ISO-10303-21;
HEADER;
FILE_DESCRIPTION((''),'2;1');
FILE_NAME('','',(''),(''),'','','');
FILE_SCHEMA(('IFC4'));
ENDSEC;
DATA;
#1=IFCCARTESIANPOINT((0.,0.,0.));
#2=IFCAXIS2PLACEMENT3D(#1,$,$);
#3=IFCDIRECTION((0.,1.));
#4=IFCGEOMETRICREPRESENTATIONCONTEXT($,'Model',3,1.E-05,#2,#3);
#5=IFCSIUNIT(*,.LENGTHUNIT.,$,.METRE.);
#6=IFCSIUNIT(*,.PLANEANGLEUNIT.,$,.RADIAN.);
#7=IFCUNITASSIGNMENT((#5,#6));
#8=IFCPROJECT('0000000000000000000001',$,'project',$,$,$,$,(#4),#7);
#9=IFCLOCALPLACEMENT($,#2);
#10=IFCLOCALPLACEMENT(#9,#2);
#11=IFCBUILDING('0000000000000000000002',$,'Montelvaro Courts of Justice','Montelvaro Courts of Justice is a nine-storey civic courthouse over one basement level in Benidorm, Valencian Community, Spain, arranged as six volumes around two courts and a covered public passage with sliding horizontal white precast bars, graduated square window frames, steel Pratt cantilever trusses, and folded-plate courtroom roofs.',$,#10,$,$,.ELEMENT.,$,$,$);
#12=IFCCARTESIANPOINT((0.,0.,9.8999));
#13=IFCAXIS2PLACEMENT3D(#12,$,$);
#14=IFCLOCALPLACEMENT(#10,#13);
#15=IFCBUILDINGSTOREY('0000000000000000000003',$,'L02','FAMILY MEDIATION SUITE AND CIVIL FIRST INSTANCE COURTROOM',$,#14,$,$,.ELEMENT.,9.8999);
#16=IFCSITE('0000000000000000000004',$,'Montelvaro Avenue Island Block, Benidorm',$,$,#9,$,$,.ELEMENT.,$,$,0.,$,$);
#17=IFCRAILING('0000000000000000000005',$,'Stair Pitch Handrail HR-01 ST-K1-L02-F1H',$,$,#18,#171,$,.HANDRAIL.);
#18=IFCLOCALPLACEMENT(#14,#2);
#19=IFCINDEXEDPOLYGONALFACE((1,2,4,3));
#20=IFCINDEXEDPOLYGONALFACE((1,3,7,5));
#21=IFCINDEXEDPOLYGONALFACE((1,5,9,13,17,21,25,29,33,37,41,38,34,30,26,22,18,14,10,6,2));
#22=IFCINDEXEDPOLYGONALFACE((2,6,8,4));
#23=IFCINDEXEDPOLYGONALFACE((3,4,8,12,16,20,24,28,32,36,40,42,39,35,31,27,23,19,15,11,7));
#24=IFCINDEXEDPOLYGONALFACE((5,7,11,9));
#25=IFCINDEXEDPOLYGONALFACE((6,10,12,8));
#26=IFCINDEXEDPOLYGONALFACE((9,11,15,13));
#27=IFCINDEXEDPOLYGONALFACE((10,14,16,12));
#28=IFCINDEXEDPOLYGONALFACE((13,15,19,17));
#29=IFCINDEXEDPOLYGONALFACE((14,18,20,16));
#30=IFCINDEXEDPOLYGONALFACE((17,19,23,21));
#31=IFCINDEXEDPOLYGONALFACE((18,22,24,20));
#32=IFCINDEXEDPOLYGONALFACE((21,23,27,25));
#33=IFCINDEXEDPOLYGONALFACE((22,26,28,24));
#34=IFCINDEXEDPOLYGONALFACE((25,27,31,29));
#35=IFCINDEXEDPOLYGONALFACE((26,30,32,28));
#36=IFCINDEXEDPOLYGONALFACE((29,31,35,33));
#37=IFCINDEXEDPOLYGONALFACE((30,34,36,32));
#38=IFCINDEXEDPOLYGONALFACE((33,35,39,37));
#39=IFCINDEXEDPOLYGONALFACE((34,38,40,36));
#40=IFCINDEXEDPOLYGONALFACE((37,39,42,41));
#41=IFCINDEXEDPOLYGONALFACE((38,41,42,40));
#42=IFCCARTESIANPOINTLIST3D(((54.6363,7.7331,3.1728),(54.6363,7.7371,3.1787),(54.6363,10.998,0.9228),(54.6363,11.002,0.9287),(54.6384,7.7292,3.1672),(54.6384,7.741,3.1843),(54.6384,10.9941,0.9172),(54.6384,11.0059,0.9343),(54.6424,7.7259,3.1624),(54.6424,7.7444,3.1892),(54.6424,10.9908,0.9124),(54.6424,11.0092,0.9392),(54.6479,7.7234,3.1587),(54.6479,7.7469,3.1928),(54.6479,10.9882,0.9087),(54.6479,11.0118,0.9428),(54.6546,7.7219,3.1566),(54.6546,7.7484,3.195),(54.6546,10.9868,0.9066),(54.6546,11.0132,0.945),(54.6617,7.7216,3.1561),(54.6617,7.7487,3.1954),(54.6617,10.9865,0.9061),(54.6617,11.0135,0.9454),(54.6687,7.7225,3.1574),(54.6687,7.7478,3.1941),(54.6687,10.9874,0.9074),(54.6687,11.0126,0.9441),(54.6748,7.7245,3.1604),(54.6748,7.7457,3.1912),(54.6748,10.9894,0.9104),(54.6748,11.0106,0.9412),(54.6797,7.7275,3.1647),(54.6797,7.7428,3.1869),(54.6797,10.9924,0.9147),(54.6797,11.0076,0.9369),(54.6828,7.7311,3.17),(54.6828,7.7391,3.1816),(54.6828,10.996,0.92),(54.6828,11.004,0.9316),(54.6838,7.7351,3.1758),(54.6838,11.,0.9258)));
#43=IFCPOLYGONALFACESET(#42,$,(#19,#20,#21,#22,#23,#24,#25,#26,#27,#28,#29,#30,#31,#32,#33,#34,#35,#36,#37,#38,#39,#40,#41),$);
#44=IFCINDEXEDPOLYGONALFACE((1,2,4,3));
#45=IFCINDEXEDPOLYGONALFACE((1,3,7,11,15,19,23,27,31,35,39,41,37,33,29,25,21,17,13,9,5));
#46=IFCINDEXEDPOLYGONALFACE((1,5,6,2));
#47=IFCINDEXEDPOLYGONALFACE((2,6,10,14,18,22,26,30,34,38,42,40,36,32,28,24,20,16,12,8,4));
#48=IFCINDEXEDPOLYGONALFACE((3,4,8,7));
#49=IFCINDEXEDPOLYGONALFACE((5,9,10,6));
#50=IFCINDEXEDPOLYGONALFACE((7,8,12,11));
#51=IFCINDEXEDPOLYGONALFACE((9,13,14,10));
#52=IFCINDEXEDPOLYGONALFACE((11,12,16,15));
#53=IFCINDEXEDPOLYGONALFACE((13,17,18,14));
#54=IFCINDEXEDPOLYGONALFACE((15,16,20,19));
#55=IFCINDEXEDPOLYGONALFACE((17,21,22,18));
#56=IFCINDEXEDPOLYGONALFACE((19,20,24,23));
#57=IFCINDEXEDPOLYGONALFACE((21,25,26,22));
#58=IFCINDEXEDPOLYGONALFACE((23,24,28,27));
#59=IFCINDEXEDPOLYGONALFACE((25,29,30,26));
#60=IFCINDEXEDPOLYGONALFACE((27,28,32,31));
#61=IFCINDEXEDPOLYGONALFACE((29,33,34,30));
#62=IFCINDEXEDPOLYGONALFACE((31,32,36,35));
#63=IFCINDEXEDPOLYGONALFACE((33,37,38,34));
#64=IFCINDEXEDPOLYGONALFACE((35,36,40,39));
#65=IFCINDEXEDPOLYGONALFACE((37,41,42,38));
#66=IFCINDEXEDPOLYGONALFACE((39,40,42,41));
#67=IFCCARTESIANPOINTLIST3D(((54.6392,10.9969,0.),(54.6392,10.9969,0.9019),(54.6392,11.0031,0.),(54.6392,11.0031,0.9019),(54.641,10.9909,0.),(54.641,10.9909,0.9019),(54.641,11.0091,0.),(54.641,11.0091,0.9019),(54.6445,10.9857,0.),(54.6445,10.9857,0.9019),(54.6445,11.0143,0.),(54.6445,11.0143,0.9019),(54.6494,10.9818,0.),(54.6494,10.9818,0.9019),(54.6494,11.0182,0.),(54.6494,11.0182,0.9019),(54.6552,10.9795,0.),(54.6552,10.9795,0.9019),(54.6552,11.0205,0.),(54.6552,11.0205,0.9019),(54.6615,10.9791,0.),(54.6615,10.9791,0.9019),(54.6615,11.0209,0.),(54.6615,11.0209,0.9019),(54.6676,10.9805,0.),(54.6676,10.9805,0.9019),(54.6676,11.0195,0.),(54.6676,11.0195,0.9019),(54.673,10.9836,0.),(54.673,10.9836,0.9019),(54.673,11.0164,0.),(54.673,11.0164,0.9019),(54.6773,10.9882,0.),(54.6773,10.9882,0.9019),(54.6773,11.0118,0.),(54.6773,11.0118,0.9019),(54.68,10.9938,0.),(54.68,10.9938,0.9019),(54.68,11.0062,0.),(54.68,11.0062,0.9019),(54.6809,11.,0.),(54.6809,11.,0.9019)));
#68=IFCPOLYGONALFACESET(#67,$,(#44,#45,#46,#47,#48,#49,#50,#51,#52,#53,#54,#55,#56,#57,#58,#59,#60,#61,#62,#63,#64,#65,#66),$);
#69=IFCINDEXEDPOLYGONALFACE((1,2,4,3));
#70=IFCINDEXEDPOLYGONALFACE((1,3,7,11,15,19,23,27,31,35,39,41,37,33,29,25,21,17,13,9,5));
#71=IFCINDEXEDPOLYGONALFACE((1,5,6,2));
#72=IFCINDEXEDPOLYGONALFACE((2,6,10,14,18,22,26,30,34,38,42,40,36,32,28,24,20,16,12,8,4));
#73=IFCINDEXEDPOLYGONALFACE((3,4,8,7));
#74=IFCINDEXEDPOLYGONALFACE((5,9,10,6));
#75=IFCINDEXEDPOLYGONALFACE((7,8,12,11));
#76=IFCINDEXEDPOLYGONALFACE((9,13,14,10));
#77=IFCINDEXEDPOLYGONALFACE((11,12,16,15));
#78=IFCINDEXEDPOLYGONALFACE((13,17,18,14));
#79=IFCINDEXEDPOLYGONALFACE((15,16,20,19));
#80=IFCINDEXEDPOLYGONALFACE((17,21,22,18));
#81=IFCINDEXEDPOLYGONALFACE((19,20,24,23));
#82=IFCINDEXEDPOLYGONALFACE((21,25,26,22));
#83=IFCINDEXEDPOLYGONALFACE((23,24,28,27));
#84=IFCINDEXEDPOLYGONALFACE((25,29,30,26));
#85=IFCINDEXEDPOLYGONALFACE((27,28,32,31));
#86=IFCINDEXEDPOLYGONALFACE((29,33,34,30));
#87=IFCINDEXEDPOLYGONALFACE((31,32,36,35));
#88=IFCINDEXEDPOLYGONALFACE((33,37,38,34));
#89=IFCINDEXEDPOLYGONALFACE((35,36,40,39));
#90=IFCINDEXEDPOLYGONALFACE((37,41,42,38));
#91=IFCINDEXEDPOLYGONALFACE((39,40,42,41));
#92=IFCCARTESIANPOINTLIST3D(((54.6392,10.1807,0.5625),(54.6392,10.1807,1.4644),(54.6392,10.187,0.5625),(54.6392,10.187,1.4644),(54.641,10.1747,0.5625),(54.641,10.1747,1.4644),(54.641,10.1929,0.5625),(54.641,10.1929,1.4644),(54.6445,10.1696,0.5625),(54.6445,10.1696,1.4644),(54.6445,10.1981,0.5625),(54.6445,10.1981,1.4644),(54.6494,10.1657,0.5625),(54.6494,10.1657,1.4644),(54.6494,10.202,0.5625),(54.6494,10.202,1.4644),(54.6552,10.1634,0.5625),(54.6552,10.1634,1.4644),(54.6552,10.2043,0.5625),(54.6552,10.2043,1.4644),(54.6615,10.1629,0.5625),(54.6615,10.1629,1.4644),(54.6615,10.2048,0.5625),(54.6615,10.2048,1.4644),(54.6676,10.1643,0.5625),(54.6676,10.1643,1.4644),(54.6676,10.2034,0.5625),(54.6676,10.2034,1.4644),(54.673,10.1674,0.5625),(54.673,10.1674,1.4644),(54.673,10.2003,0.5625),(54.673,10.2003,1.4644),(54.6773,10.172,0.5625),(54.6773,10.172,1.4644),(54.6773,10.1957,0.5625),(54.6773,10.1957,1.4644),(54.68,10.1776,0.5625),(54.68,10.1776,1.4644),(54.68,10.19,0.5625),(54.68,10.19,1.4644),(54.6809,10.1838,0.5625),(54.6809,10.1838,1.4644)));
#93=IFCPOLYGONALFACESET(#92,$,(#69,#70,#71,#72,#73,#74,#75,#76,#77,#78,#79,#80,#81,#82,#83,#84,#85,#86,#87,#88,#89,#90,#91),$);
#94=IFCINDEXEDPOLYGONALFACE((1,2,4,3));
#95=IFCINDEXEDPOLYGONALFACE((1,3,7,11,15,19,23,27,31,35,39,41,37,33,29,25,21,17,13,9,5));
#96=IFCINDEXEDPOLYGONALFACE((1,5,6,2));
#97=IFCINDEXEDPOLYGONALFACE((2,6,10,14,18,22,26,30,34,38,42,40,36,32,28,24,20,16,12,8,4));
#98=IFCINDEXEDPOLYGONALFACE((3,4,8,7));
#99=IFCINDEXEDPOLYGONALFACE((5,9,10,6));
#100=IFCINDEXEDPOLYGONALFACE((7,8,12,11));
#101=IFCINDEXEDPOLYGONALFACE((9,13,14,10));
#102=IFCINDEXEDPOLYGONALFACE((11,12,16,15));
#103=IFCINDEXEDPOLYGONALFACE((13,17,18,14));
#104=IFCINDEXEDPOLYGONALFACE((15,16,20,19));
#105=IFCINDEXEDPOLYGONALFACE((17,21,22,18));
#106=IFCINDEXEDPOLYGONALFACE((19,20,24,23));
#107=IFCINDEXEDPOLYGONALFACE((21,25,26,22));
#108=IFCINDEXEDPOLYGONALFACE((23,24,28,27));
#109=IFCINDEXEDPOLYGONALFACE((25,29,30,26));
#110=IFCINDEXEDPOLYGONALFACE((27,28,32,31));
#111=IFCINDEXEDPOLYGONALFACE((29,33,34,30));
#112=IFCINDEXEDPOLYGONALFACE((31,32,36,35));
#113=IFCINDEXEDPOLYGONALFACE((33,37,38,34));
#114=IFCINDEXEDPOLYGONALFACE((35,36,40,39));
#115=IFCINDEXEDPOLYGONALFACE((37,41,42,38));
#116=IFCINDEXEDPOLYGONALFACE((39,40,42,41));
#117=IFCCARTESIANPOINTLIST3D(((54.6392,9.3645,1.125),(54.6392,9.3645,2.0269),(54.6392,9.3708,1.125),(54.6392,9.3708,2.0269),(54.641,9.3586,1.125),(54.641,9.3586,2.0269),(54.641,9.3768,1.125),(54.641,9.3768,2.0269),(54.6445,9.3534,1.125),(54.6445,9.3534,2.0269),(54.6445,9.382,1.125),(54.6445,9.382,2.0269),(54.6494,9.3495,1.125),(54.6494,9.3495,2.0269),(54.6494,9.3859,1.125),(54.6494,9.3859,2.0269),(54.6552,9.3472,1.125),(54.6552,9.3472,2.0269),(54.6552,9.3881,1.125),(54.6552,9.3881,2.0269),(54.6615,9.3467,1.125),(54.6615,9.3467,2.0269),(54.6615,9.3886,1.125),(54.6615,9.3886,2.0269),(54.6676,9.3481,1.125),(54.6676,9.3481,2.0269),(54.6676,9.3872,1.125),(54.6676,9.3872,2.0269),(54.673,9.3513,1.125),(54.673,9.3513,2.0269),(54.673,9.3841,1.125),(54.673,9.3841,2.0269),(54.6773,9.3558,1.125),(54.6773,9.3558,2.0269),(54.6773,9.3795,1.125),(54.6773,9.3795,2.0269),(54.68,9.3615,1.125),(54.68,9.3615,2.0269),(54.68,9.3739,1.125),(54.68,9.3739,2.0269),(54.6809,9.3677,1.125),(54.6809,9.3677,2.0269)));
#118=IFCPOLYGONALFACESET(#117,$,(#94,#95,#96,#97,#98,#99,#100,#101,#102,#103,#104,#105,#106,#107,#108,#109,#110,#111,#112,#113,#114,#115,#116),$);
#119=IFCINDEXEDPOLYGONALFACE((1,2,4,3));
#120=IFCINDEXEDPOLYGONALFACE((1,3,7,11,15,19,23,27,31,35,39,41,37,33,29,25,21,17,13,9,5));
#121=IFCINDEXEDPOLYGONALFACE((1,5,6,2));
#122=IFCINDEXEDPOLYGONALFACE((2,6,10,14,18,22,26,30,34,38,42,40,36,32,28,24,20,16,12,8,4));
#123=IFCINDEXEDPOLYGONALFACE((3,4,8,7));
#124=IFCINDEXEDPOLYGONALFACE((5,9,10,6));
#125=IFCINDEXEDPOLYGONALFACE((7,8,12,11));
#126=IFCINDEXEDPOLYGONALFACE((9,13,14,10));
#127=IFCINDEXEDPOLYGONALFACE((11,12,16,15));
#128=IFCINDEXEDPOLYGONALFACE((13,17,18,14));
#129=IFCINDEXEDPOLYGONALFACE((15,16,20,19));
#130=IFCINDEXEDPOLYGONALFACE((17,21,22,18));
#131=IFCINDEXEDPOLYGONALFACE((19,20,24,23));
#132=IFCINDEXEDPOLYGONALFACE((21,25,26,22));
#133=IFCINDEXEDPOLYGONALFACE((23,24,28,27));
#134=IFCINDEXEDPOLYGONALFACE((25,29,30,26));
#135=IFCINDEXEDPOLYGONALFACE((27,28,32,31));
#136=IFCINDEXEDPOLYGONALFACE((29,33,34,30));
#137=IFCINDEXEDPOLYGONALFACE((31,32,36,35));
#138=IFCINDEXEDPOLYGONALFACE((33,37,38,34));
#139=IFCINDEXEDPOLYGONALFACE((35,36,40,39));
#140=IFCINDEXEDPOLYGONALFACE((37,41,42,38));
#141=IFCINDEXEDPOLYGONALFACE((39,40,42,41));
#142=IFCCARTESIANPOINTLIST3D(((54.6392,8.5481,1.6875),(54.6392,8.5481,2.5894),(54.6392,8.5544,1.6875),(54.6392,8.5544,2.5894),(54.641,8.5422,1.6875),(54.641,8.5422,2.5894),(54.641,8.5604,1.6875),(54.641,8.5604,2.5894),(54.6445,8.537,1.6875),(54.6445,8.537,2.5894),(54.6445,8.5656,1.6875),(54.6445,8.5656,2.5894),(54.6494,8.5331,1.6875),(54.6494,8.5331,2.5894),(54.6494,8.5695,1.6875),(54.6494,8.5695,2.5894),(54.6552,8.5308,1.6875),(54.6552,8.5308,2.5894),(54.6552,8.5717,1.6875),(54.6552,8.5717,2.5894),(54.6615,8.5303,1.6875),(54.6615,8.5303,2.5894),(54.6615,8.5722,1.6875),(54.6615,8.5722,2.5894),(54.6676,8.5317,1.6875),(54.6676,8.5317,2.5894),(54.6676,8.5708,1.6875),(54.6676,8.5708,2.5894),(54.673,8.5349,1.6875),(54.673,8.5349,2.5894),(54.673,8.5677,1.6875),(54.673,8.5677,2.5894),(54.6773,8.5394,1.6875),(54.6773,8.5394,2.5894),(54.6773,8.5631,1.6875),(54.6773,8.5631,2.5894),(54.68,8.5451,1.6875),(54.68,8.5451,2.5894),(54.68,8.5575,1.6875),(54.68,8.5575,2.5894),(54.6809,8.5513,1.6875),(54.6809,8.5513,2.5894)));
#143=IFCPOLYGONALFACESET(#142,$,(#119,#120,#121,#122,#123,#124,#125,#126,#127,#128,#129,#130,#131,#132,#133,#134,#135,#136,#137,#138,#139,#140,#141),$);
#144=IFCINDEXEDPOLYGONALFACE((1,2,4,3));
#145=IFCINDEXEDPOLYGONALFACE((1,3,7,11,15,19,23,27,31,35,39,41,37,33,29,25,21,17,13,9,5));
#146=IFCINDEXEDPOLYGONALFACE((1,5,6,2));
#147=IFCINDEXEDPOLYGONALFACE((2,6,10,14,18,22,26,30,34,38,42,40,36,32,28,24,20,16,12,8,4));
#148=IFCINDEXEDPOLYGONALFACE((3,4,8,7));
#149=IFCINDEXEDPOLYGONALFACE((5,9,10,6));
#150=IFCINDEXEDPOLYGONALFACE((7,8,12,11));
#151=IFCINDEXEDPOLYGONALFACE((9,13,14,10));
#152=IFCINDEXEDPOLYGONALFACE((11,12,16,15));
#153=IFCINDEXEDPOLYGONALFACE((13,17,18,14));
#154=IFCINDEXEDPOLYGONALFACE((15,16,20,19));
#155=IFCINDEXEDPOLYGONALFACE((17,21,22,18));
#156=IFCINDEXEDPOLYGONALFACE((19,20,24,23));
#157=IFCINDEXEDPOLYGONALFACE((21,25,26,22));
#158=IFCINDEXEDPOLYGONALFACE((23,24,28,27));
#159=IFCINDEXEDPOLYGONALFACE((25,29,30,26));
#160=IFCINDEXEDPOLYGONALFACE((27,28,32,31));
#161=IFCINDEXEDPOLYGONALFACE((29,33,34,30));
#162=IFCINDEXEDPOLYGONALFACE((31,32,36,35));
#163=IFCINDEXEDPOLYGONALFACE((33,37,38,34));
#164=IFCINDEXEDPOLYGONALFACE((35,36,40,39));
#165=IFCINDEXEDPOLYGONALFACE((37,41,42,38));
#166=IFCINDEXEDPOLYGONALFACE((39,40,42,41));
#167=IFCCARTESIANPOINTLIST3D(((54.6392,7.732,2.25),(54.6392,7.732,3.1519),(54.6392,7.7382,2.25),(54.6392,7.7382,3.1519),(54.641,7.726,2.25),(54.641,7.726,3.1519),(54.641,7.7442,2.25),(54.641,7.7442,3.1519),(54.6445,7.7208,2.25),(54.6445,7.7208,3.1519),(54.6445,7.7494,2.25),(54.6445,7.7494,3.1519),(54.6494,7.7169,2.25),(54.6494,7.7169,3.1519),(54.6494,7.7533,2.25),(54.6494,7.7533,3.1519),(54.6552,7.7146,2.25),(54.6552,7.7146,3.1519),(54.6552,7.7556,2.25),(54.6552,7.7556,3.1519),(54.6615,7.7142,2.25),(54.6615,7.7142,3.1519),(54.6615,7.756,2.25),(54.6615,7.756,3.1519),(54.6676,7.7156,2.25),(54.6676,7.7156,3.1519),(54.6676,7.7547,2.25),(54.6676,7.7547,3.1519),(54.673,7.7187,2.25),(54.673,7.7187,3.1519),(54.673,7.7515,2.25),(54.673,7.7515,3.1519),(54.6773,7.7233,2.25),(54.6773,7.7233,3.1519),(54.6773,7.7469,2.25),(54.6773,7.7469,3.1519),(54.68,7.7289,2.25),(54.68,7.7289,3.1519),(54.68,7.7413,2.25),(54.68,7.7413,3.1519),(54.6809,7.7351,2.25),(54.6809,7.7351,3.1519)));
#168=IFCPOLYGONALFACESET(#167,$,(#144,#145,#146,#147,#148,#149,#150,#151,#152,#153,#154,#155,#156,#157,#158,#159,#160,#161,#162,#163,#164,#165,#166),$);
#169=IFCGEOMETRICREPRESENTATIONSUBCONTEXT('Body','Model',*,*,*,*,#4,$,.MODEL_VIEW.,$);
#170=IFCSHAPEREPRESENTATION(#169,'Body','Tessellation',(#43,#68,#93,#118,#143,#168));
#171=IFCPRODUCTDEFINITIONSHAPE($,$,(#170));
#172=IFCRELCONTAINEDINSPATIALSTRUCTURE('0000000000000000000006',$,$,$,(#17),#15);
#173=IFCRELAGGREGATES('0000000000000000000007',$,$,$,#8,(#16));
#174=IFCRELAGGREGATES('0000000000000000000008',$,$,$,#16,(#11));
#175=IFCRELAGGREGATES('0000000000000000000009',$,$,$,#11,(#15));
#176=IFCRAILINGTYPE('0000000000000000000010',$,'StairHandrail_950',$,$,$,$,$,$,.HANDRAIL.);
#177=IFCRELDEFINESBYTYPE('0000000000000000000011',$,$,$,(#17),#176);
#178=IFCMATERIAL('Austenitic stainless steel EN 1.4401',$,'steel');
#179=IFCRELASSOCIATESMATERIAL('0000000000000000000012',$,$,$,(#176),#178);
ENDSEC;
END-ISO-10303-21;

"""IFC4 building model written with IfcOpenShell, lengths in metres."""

from ifc_helpers import new_model, si_unit, direction, frame, origin, origin_2d, place, context, subcontext, project, spatial, circle, extrude, material, type_object, element, save


model = new_model("IFC4")

# Units and contexts
model_context = context("Model", 3, precision=1e-05, world=origin(), true_north=direction((0.0, 1.0)))
body_context = subcontext(model_context, "Body", "Model", "MODEL_VIEW")
ifc_project = project(units=[si_unit("LENGTHUNIT", "METRE"), si_unit("PLANEANGLEUNIT", "RADIAN")], contexts=[model_context])

# Site, building, storey
site_placement = place(None, origin())
site = spatial("IfcSite", under=ifc_project, at=site_placement, Name="Montelvaro Avenue Island Block, Benidorm", CompositionType="ELEMENT", RefElevation=0.0)
building_placement = place(site_placement, origin())
building = spatial("IfcBuilding", under=site, at=building_placement, Name="Montelvaro Courts of Justice", Description="Montelvaro Courts of Justice is a nine-storey civic courthouse over one basement level in Benidorm, Valencian Community, Spain, arranged as six volumes around two courts and a covered public passage with sliding horizontal white precast bars, graduated square window frames, steel Pratt cantilever trusses, and folded-plate courtroom roofs.", CompositionType="ELEMENT")
storey_placement = place(building_placement, frame((0.0, 0.0, 9.8999)))
storey = spatial("IfcBuildingStorey", under=building, at=storey_placement, Name="L02", Description="FAMILY MEDIATION SUITE AND CIVIL FIRST INSTANCE COURTROOM", CompositionType="ELEMENT", Elevation=9.8999)

# Railing
ifc_material_1 = material(Name="Austenitic stainless steel EN 1.4401", Category="steel")
railing_type_1 = type_object("IfcRailingType", Name="StairHandrail_950", PredefinedType="HANDRAIL", material=ifc_material_1)
railing_1_placement = place(storey_placement, frame((54.6599, 11.0, 0.0)))
element("IfcRailing", 1, at=railing_1_placement, inside=storey, type_object=railing_type_1, Name="Stair Pitch Handrail HR-01 ST-K1-L02-F1H", PredefinedType="HANDRAIL", context=body_context, shape_type="SweptSolid", body=[
    extrude(circle(Radius=0.0239, at=origin_2d()), frame((0.0, 0.0, 0.9258), z_axis=(0.0, -0.823407, 0.567451), x_axis=(1.0, 0.0, 0.0)), (0.0, 0.0, 1.0), 3.9651),
    extrude(circle(Radius=0.021, at=origin_2d()), origin(), (0.0, 0.0, 1.0), 0.9019),
    extrude(circle(Radius=0.021, at=origin_2d()), frame((0.0, -0.8162, 0.5625)), (0.0, 0.0, 1.0), 0.9019),
    extrude(circle(Radius=0.021, at=origin_2d()), frame((0.0, -1.6323, 1.125)), (0.0, 0.0, 1.0), 0.9019),
    extrude(circle(Radius=0.021, at=origin_2d()), frame((0.0, -2.4487, 1.6875)), (0.0, 0.0, 1.0), 0.9019),
    extrude(circle(Radius=0.021, at=origin_2d()), frame((0.0, -3.2649, 2.25)), (0.0, 0.0, 1.0), 0.9019),
])

save(model, "model.ifc")
